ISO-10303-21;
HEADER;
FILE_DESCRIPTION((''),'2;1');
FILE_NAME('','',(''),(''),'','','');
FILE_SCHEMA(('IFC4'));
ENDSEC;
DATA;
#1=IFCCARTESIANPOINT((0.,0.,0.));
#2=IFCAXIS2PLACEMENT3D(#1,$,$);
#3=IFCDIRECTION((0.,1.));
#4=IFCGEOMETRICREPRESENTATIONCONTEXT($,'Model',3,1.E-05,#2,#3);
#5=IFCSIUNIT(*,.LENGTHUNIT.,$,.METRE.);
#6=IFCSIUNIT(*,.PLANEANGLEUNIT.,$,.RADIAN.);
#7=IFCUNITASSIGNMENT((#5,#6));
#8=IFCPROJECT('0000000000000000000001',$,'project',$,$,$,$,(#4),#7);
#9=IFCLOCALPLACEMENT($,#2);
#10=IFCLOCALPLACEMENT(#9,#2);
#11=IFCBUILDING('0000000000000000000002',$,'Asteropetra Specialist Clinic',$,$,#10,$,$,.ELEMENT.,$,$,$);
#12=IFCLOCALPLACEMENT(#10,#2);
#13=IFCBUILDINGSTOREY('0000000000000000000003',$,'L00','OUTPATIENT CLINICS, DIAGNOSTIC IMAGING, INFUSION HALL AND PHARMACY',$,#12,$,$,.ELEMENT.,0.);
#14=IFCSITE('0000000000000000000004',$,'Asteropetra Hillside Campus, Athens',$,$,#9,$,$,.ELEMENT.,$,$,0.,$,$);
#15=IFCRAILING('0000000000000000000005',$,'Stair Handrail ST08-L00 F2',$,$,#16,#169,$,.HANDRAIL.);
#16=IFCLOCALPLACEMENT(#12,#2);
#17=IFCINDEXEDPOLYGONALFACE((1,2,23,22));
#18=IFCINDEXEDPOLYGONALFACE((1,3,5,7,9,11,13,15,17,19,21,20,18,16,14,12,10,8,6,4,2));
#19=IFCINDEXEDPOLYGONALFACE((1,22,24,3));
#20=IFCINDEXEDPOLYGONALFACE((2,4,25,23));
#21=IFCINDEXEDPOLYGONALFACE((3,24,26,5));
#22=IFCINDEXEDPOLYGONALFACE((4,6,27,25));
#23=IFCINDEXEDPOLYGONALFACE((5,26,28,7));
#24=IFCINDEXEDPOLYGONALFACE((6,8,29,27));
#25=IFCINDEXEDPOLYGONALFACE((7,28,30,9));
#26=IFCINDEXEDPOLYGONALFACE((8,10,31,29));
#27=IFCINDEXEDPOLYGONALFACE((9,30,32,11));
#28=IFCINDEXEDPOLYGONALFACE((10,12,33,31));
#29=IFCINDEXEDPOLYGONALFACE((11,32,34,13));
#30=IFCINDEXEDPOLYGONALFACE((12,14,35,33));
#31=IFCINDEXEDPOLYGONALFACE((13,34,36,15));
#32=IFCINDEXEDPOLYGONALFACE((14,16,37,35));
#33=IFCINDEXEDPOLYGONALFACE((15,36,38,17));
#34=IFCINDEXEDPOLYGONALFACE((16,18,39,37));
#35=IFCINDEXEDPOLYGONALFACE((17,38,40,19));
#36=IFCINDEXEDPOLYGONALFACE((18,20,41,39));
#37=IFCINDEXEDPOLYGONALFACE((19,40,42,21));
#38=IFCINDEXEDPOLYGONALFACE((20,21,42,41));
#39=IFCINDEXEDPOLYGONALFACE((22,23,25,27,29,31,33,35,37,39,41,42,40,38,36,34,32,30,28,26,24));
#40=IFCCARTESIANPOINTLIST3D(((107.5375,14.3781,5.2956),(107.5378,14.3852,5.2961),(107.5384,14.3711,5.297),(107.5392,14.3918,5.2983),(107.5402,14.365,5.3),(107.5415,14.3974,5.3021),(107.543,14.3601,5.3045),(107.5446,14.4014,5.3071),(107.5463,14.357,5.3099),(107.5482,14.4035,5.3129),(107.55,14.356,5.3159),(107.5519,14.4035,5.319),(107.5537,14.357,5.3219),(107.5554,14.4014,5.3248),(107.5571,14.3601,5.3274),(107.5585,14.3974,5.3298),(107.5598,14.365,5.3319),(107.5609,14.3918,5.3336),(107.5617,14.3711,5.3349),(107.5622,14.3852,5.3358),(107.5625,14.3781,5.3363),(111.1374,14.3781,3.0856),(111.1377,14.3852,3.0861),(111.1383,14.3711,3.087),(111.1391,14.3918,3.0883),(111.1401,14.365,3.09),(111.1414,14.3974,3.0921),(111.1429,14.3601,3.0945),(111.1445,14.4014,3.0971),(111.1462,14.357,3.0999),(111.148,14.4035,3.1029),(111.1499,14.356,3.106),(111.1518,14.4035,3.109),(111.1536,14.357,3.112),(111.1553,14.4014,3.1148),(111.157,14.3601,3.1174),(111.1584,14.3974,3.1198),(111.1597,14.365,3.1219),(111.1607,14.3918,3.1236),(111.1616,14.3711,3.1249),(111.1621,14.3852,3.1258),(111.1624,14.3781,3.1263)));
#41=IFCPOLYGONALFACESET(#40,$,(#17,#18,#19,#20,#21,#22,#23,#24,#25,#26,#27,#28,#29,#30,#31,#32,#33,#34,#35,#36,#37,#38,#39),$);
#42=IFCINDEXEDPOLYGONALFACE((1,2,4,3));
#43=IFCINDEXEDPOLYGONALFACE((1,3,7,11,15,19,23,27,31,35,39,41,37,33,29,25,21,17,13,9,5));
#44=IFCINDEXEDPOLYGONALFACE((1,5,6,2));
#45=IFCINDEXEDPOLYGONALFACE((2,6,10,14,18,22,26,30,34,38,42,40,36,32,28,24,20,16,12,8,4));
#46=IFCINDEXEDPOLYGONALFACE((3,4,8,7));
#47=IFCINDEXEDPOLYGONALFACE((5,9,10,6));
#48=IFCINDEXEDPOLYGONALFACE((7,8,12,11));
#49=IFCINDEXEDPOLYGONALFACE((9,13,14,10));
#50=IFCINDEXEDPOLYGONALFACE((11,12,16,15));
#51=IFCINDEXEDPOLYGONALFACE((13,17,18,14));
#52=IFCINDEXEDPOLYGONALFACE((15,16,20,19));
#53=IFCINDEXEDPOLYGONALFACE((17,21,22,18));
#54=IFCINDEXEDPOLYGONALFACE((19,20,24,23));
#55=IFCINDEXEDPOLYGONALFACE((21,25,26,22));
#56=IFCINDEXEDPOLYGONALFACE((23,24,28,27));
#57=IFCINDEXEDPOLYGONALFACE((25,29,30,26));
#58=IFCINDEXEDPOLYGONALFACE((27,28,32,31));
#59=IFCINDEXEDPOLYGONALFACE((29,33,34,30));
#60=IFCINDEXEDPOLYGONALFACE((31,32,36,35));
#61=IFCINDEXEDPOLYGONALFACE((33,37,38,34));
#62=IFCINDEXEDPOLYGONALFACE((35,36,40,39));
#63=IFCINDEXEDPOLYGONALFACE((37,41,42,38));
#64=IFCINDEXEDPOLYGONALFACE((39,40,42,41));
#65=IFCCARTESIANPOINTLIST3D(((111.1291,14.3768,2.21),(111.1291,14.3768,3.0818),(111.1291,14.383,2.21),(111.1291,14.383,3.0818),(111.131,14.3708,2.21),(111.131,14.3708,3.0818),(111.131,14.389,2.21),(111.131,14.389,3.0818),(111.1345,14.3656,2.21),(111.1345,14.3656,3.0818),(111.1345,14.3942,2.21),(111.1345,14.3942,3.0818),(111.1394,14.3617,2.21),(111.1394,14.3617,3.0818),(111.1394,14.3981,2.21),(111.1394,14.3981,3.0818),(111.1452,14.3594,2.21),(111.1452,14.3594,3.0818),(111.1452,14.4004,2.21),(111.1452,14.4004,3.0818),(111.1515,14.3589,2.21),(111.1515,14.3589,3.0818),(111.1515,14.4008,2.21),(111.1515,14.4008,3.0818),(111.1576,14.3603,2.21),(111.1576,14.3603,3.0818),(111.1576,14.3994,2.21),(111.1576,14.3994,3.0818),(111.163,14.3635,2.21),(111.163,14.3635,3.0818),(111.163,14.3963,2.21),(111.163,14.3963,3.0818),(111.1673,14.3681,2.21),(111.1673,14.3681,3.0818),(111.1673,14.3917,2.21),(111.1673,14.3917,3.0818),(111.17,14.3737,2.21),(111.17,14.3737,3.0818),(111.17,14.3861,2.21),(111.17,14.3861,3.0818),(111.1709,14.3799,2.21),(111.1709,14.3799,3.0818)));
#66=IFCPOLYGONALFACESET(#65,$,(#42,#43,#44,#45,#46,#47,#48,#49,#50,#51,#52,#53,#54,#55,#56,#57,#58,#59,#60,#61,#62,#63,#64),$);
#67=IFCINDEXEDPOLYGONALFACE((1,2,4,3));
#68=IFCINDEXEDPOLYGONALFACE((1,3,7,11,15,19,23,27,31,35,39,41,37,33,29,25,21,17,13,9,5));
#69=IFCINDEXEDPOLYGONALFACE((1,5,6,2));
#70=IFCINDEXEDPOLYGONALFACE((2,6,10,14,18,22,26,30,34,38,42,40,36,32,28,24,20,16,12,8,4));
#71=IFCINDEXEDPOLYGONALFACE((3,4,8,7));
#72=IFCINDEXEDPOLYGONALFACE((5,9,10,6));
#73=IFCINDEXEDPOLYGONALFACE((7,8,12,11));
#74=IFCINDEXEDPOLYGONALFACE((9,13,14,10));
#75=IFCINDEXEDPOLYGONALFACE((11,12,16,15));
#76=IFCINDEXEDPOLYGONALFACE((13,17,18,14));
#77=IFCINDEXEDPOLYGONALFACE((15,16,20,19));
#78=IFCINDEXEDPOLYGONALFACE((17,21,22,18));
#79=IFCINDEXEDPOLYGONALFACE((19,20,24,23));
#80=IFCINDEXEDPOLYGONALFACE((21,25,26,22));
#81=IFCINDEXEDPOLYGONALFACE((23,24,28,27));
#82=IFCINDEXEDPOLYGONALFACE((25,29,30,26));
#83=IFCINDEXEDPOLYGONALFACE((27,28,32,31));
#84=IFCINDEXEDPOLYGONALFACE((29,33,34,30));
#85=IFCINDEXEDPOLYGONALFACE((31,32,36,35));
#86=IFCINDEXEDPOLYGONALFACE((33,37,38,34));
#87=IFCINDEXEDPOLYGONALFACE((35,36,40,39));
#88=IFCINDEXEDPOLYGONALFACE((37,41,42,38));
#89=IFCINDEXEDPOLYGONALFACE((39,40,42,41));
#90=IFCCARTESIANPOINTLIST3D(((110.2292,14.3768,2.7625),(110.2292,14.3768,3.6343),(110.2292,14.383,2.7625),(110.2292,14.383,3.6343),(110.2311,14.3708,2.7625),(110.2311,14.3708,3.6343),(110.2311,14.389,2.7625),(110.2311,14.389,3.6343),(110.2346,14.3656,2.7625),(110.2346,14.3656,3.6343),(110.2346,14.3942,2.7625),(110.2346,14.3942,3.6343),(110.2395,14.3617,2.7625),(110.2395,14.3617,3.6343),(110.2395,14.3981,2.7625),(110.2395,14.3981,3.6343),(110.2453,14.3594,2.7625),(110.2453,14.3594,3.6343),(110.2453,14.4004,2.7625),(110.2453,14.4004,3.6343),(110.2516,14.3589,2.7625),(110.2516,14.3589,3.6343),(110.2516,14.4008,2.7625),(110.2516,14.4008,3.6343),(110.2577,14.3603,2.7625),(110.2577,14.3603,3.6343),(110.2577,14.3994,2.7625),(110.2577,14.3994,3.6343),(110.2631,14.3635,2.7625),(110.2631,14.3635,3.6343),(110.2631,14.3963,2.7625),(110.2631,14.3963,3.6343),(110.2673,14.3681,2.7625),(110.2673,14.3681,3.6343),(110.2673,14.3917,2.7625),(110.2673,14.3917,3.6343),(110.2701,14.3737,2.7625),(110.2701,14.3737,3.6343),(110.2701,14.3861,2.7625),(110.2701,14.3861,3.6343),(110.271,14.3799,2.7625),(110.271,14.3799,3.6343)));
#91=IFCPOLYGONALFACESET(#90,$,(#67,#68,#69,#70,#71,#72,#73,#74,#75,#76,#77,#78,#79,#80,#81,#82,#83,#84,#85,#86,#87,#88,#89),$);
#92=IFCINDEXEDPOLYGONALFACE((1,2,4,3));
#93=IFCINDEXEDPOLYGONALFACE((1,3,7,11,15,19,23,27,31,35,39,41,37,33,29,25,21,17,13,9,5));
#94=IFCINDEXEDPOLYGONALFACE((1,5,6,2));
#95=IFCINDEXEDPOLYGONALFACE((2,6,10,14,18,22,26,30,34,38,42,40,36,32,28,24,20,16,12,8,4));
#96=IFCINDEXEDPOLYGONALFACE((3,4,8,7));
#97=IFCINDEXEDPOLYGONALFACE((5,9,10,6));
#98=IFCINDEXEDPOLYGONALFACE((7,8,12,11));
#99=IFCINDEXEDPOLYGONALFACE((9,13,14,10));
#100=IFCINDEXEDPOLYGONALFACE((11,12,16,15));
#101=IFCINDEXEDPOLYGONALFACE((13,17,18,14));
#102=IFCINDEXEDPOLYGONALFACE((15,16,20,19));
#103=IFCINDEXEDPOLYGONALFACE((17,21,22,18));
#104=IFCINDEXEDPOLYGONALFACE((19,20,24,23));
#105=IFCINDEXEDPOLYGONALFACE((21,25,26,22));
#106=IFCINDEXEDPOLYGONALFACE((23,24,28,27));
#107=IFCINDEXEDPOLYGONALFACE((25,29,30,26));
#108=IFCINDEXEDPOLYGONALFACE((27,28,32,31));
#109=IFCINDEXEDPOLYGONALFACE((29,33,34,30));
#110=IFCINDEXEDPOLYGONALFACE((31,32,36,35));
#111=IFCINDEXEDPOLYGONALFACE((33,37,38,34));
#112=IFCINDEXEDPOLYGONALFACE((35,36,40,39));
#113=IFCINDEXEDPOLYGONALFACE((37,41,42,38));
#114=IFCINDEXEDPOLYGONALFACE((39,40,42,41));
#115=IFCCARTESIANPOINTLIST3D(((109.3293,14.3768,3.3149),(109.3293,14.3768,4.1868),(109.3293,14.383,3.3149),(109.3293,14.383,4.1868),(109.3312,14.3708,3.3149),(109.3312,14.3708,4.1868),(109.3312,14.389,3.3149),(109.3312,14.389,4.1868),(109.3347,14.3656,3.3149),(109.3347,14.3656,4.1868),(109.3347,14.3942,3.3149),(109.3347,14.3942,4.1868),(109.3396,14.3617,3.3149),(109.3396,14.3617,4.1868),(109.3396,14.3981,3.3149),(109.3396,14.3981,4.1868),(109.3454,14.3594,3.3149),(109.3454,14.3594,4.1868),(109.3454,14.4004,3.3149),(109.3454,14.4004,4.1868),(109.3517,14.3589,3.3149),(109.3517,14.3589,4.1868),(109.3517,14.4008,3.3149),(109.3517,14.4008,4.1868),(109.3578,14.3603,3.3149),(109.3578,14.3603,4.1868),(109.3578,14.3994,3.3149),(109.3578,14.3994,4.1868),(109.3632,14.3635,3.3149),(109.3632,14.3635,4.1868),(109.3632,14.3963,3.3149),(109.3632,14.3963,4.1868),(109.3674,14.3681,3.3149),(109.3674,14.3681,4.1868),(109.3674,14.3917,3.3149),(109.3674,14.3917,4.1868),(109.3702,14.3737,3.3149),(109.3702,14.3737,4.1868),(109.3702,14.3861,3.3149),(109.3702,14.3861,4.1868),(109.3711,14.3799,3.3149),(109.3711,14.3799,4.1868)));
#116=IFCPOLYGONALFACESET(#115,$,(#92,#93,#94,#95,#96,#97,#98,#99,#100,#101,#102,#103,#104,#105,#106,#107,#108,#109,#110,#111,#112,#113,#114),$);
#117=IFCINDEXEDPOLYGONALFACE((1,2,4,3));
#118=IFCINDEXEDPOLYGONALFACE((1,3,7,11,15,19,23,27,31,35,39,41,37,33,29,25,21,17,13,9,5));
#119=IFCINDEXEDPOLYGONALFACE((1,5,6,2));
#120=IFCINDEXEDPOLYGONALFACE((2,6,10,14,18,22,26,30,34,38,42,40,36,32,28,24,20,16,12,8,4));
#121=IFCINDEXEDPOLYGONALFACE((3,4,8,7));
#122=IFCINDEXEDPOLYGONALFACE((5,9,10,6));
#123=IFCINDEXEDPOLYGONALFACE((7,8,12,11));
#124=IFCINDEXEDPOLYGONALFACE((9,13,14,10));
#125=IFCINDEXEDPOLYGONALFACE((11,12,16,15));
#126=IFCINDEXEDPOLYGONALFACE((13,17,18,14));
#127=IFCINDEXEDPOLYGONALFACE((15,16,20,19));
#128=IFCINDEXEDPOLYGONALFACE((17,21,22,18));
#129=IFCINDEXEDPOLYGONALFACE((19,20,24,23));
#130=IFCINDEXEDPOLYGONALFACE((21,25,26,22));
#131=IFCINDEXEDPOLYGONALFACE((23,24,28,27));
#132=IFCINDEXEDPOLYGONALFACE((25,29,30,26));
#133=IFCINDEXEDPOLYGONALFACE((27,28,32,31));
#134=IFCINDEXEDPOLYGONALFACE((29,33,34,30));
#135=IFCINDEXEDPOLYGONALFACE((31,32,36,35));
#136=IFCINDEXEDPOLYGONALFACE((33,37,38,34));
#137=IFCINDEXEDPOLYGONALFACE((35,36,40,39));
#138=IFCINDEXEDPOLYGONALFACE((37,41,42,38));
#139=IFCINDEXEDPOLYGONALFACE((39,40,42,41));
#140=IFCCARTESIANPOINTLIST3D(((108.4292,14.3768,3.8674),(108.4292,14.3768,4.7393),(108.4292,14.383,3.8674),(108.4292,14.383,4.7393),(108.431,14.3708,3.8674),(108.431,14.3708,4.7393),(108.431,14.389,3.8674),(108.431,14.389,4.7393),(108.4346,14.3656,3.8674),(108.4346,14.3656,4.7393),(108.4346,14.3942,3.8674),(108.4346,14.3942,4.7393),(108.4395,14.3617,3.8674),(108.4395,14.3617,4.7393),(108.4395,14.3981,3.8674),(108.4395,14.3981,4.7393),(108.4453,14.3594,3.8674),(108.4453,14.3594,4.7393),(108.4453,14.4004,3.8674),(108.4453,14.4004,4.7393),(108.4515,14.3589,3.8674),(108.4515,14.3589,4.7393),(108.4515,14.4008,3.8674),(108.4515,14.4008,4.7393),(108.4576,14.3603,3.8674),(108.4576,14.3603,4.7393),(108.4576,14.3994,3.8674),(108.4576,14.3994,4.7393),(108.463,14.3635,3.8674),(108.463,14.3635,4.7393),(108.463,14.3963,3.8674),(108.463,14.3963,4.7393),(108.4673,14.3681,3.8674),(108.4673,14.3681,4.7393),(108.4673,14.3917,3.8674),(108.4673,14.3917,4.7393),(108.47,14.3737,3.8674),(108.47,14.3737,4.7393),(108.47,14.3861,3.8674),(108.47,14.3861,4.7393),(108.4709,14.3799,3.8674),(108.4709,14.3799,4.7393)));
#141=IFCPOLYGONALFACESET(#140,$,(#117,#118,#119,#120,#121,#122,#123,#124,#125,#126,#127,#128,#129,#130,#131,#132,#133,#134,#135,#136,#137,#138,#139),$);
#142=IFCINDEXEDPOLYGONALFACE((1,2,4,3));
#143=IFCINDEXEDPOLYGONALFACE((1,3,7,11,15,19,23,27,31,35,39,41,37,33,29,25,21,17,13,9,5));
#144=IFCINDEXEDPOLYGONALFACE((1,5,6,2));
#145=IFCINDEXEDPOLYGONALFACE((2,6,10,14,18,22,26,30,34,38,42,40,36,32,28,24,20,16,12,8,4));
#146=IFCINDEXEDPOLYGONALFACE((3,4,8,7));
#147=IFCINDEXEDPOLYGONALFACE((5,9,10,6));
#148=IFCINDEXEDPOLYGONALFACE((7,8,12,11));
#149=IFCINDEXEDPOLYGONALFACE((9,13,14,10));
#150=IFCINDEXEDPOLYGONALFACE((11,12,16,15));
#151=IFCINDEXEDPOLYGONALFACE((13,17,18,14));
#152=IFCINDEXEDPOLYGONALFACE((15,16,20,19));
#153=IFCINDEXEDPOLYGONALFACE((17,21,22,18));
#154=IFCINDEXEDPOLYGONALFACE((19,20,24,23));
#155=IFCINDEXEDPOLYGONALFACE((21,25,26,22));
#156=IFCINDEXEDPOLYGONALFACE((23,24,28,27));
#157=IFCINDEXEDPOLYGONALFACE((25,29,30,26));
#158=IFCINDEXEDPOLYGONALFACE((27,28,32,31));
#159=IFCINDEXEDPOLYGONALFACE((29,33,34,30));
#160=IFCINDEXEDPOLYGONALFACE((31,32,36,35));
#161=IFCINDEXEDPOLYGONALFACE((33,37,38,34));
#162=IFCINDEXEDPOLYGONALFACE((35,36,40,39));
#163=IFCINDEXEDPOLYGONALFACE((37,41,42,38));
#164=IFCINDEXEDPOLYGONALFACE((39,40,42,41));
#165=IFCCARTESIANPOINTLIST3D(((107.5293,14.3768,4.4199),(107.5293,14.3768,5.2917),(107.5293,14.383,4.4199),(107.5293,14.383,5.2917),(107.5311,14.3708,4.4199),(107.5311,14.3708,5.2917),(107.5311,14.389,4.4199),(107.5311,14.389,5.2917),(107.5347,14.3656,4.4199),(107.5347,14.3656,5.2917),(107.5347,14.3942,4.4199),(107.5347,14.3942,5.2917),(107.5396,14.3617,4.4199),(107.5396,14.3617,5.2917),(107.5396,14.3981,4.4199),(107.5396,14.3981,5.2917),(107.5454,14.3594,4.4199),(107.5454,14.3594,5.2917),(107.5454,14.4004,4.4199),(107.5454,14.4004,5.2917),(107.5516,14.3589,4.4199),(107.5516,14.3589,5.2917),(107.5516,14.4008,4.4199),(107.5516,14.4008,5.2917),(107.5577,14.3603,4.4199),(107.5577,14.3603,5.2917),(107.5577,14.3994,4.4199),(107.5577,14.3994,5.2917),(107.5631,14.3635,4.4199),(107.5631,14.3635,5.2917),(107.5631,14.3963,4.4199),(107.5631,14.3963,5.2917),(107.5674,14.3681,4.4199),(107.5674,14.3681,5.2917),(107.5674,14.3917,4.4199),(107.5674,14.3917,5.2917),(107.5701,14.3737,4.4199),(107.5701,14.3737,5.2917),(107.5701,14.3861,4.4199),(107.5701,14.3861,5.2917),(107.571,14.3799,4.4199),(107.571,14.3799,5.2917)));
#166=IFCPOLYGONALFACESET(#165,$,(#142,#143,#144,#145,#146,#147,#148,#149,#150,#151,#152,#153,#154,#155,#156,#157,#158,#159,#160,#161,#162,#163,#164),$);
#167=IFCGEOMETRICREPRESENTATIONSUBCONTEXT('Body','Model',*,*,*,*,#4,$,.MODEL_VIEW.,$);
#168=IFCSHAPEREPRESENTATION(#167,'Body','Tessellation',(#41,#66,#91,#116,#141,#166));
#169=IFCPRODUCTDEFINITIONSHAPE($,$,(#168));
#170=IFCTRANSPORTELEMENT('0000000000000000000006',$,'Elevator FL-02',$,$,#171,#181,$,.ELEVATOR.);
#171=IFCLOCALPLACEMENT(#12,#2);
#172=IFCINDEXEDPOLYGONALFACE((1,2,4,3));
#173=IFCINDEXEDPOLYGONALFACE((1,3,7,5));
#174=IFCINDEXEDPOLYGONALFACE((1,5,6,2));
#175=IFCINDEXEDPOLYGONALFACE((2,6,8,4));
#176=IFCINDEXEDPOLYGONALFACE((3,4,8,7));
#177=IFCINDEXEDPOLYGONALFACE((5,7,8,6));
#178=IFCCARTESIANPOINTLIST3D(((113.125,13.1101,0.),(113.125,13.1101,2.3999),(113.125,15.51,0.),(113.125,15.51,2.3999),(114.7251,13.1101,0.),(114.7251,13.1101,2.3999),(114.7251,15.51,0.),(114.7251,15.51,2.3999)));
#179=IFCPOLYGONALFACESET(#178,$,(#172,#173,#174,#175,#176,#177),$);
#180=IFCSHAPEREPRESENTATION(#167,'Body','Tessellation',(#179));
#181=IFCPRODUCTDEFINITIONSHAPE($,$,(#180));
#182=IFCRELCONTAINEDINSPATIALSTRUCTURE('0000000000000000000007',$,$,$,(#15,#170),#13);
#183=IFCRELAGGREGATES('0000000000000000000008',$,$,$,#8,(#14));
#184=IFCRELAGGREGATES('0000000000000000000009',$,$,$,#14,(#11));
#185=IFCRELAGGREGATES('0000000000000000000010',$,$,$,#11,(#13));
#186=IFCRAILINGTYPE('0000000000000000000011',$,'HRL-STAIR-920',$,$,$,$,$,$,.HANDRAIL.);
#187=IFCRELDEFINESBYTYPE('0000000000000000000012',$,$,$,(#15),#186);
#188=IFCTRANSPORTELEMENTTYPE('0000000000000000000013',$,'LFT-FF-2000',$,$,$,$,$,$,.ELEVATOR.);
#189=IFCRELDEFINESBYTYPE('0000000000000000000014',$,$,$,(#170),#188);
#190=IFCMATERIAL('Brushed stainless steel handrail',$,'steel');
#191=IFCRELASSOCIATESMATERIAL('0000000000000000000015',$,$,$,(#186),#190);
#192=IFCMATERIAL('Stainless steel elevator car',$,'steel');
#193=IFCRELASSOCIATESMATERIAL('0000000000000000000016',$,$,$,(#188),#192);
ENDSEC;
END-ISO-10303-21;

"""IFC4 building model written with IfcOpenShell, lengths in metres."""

from ifc_helpers import new_model, si_unit, direction, frame, origin, origin_2d, place, context, subcontext, project, spatial, rectangle, circle, extrude, material, type_object, element, save


model = new_model("IFC4")

# Units and contexts
model_context = context("Model", 3, precision=1e-05, world=origin(), true_north=direction((0.0, 1.0)))
body_context = subcontext(model_context, "Body", "Model", "MODEL_VIEW")
ifc_project = project(units=[si_unit("LENGTHUNIT", "METRE"), si_unit("PLANEANGLEUNIT", "RADIAN")], contexts=[model_context])

# Site, building, storey
site_placement = place(None, origin())
site = spatial("IfcSite", under=ifc_project, at=site_placement, Name="Asteropetra Hillside Campus, Athens", CompositionType="ELEMENT", RefElevation=0.0)
building_placement = place(site_placement, origin())
building = spatial("IfcBuilding", under=site, at=building_placement, Name="Asteropetra Specialist Clinic", CompositionType="ELEMENT")
storey_placement = place(building_placement, origin())
storey = spatial("IfcBuildingStorey", under=building, at=storey_placement, Name="L00", Description="OUTPATIENT CLINICS, DIAGNOSTIC IMAGING, INFUSION HALL AND PHARMACY", CompositionType="ELEMENT", Elevation=0.0)

# Railing
ifc_material_1 = material(Name="Brushed stainless steel handrail", Category="steel")
railing_type_1 = type_object("IfcRailingType", Name="HRL-STAIR-920", PredefinedType="HANDRAIL", material=ifc_material_1)
railing_1_placement = place(storey_placement, frame((111.1499, 14.3799, 2.21)))
element("IfcRailing", 1, at=railing_1_placement, inside=storey, type_object=railing_type_1, Name="Stair Handrail ST08-L00 F2", PredefinedType="HANDRAIL", context=body_context, shape_type="SweptSolid", body=[
    extrude(circle(Radius=0.0239, at=origin_2d()), frame((0.0, 0.0, 0.896), z_axis=(-0.852221, 0.0, 0.523181), x_axis=(0.0, -1.0, 0.0)), (0.0, 0.0, 1.0), 4.2241),
    extrude(circle(Radius=0.021, at=origin_2d()), origin(), (0.0, 0.0, 1.0), 0.8718),
    extrude(circle(Radius=0.021, at=origin_2d()), frame((-0.8999, 0.0, 0.5525)), (0.0, 0.0, 1.0), 0.8718),
    extrude(circle(Radius=0.021, at=origin_2d()), frame((-1.7998, 0.0, 1.105)), (0.0, 0.0, 1.0), 0.8718),
    extrude(circle(Radius=0.021, at=origin_2d()), frame((-2.7, 0.0, 1.6575)), (0.0, 0.0, 1.0), 0.8718),
    extrude(circle(Radius=0.021, at=origin_2d()), frame((-3.5999, 0.0, 2.21)), (0.0, 0.0, 1.0), 0.8718),
])

# Transport element
ifc_material_2 = material(Name="Stainless steel elevator car", Category="steel")
transport_element_type = type_object("IfcTransportElementType", Name="LFT-FF-2000", PredefinedType="ELEVATOR", material=ifc_material_2)
transport_element_placement = place(storey_placement, frame((113.925, 14.3101, 0.0), z_axis=(0.0, 0.0, 1.0), x_axis=(1.0, 0.0, 0.0)))
element("IfcTransportElement", 2, at=transport_element_placement, inside=storey, type_object=transport_element_type, Name="Elevator FL-02", PredefinedType="ELEVATOR", context=body_context, shape_type="SweptSolid", body=[
    extrude(rectangle(XDim=1.6001, YDim=2.3999, at=origin_2d()), origin(), (0.0, 0.0, 1.0), 2.3999),
])

save(model, "model.ifc")
